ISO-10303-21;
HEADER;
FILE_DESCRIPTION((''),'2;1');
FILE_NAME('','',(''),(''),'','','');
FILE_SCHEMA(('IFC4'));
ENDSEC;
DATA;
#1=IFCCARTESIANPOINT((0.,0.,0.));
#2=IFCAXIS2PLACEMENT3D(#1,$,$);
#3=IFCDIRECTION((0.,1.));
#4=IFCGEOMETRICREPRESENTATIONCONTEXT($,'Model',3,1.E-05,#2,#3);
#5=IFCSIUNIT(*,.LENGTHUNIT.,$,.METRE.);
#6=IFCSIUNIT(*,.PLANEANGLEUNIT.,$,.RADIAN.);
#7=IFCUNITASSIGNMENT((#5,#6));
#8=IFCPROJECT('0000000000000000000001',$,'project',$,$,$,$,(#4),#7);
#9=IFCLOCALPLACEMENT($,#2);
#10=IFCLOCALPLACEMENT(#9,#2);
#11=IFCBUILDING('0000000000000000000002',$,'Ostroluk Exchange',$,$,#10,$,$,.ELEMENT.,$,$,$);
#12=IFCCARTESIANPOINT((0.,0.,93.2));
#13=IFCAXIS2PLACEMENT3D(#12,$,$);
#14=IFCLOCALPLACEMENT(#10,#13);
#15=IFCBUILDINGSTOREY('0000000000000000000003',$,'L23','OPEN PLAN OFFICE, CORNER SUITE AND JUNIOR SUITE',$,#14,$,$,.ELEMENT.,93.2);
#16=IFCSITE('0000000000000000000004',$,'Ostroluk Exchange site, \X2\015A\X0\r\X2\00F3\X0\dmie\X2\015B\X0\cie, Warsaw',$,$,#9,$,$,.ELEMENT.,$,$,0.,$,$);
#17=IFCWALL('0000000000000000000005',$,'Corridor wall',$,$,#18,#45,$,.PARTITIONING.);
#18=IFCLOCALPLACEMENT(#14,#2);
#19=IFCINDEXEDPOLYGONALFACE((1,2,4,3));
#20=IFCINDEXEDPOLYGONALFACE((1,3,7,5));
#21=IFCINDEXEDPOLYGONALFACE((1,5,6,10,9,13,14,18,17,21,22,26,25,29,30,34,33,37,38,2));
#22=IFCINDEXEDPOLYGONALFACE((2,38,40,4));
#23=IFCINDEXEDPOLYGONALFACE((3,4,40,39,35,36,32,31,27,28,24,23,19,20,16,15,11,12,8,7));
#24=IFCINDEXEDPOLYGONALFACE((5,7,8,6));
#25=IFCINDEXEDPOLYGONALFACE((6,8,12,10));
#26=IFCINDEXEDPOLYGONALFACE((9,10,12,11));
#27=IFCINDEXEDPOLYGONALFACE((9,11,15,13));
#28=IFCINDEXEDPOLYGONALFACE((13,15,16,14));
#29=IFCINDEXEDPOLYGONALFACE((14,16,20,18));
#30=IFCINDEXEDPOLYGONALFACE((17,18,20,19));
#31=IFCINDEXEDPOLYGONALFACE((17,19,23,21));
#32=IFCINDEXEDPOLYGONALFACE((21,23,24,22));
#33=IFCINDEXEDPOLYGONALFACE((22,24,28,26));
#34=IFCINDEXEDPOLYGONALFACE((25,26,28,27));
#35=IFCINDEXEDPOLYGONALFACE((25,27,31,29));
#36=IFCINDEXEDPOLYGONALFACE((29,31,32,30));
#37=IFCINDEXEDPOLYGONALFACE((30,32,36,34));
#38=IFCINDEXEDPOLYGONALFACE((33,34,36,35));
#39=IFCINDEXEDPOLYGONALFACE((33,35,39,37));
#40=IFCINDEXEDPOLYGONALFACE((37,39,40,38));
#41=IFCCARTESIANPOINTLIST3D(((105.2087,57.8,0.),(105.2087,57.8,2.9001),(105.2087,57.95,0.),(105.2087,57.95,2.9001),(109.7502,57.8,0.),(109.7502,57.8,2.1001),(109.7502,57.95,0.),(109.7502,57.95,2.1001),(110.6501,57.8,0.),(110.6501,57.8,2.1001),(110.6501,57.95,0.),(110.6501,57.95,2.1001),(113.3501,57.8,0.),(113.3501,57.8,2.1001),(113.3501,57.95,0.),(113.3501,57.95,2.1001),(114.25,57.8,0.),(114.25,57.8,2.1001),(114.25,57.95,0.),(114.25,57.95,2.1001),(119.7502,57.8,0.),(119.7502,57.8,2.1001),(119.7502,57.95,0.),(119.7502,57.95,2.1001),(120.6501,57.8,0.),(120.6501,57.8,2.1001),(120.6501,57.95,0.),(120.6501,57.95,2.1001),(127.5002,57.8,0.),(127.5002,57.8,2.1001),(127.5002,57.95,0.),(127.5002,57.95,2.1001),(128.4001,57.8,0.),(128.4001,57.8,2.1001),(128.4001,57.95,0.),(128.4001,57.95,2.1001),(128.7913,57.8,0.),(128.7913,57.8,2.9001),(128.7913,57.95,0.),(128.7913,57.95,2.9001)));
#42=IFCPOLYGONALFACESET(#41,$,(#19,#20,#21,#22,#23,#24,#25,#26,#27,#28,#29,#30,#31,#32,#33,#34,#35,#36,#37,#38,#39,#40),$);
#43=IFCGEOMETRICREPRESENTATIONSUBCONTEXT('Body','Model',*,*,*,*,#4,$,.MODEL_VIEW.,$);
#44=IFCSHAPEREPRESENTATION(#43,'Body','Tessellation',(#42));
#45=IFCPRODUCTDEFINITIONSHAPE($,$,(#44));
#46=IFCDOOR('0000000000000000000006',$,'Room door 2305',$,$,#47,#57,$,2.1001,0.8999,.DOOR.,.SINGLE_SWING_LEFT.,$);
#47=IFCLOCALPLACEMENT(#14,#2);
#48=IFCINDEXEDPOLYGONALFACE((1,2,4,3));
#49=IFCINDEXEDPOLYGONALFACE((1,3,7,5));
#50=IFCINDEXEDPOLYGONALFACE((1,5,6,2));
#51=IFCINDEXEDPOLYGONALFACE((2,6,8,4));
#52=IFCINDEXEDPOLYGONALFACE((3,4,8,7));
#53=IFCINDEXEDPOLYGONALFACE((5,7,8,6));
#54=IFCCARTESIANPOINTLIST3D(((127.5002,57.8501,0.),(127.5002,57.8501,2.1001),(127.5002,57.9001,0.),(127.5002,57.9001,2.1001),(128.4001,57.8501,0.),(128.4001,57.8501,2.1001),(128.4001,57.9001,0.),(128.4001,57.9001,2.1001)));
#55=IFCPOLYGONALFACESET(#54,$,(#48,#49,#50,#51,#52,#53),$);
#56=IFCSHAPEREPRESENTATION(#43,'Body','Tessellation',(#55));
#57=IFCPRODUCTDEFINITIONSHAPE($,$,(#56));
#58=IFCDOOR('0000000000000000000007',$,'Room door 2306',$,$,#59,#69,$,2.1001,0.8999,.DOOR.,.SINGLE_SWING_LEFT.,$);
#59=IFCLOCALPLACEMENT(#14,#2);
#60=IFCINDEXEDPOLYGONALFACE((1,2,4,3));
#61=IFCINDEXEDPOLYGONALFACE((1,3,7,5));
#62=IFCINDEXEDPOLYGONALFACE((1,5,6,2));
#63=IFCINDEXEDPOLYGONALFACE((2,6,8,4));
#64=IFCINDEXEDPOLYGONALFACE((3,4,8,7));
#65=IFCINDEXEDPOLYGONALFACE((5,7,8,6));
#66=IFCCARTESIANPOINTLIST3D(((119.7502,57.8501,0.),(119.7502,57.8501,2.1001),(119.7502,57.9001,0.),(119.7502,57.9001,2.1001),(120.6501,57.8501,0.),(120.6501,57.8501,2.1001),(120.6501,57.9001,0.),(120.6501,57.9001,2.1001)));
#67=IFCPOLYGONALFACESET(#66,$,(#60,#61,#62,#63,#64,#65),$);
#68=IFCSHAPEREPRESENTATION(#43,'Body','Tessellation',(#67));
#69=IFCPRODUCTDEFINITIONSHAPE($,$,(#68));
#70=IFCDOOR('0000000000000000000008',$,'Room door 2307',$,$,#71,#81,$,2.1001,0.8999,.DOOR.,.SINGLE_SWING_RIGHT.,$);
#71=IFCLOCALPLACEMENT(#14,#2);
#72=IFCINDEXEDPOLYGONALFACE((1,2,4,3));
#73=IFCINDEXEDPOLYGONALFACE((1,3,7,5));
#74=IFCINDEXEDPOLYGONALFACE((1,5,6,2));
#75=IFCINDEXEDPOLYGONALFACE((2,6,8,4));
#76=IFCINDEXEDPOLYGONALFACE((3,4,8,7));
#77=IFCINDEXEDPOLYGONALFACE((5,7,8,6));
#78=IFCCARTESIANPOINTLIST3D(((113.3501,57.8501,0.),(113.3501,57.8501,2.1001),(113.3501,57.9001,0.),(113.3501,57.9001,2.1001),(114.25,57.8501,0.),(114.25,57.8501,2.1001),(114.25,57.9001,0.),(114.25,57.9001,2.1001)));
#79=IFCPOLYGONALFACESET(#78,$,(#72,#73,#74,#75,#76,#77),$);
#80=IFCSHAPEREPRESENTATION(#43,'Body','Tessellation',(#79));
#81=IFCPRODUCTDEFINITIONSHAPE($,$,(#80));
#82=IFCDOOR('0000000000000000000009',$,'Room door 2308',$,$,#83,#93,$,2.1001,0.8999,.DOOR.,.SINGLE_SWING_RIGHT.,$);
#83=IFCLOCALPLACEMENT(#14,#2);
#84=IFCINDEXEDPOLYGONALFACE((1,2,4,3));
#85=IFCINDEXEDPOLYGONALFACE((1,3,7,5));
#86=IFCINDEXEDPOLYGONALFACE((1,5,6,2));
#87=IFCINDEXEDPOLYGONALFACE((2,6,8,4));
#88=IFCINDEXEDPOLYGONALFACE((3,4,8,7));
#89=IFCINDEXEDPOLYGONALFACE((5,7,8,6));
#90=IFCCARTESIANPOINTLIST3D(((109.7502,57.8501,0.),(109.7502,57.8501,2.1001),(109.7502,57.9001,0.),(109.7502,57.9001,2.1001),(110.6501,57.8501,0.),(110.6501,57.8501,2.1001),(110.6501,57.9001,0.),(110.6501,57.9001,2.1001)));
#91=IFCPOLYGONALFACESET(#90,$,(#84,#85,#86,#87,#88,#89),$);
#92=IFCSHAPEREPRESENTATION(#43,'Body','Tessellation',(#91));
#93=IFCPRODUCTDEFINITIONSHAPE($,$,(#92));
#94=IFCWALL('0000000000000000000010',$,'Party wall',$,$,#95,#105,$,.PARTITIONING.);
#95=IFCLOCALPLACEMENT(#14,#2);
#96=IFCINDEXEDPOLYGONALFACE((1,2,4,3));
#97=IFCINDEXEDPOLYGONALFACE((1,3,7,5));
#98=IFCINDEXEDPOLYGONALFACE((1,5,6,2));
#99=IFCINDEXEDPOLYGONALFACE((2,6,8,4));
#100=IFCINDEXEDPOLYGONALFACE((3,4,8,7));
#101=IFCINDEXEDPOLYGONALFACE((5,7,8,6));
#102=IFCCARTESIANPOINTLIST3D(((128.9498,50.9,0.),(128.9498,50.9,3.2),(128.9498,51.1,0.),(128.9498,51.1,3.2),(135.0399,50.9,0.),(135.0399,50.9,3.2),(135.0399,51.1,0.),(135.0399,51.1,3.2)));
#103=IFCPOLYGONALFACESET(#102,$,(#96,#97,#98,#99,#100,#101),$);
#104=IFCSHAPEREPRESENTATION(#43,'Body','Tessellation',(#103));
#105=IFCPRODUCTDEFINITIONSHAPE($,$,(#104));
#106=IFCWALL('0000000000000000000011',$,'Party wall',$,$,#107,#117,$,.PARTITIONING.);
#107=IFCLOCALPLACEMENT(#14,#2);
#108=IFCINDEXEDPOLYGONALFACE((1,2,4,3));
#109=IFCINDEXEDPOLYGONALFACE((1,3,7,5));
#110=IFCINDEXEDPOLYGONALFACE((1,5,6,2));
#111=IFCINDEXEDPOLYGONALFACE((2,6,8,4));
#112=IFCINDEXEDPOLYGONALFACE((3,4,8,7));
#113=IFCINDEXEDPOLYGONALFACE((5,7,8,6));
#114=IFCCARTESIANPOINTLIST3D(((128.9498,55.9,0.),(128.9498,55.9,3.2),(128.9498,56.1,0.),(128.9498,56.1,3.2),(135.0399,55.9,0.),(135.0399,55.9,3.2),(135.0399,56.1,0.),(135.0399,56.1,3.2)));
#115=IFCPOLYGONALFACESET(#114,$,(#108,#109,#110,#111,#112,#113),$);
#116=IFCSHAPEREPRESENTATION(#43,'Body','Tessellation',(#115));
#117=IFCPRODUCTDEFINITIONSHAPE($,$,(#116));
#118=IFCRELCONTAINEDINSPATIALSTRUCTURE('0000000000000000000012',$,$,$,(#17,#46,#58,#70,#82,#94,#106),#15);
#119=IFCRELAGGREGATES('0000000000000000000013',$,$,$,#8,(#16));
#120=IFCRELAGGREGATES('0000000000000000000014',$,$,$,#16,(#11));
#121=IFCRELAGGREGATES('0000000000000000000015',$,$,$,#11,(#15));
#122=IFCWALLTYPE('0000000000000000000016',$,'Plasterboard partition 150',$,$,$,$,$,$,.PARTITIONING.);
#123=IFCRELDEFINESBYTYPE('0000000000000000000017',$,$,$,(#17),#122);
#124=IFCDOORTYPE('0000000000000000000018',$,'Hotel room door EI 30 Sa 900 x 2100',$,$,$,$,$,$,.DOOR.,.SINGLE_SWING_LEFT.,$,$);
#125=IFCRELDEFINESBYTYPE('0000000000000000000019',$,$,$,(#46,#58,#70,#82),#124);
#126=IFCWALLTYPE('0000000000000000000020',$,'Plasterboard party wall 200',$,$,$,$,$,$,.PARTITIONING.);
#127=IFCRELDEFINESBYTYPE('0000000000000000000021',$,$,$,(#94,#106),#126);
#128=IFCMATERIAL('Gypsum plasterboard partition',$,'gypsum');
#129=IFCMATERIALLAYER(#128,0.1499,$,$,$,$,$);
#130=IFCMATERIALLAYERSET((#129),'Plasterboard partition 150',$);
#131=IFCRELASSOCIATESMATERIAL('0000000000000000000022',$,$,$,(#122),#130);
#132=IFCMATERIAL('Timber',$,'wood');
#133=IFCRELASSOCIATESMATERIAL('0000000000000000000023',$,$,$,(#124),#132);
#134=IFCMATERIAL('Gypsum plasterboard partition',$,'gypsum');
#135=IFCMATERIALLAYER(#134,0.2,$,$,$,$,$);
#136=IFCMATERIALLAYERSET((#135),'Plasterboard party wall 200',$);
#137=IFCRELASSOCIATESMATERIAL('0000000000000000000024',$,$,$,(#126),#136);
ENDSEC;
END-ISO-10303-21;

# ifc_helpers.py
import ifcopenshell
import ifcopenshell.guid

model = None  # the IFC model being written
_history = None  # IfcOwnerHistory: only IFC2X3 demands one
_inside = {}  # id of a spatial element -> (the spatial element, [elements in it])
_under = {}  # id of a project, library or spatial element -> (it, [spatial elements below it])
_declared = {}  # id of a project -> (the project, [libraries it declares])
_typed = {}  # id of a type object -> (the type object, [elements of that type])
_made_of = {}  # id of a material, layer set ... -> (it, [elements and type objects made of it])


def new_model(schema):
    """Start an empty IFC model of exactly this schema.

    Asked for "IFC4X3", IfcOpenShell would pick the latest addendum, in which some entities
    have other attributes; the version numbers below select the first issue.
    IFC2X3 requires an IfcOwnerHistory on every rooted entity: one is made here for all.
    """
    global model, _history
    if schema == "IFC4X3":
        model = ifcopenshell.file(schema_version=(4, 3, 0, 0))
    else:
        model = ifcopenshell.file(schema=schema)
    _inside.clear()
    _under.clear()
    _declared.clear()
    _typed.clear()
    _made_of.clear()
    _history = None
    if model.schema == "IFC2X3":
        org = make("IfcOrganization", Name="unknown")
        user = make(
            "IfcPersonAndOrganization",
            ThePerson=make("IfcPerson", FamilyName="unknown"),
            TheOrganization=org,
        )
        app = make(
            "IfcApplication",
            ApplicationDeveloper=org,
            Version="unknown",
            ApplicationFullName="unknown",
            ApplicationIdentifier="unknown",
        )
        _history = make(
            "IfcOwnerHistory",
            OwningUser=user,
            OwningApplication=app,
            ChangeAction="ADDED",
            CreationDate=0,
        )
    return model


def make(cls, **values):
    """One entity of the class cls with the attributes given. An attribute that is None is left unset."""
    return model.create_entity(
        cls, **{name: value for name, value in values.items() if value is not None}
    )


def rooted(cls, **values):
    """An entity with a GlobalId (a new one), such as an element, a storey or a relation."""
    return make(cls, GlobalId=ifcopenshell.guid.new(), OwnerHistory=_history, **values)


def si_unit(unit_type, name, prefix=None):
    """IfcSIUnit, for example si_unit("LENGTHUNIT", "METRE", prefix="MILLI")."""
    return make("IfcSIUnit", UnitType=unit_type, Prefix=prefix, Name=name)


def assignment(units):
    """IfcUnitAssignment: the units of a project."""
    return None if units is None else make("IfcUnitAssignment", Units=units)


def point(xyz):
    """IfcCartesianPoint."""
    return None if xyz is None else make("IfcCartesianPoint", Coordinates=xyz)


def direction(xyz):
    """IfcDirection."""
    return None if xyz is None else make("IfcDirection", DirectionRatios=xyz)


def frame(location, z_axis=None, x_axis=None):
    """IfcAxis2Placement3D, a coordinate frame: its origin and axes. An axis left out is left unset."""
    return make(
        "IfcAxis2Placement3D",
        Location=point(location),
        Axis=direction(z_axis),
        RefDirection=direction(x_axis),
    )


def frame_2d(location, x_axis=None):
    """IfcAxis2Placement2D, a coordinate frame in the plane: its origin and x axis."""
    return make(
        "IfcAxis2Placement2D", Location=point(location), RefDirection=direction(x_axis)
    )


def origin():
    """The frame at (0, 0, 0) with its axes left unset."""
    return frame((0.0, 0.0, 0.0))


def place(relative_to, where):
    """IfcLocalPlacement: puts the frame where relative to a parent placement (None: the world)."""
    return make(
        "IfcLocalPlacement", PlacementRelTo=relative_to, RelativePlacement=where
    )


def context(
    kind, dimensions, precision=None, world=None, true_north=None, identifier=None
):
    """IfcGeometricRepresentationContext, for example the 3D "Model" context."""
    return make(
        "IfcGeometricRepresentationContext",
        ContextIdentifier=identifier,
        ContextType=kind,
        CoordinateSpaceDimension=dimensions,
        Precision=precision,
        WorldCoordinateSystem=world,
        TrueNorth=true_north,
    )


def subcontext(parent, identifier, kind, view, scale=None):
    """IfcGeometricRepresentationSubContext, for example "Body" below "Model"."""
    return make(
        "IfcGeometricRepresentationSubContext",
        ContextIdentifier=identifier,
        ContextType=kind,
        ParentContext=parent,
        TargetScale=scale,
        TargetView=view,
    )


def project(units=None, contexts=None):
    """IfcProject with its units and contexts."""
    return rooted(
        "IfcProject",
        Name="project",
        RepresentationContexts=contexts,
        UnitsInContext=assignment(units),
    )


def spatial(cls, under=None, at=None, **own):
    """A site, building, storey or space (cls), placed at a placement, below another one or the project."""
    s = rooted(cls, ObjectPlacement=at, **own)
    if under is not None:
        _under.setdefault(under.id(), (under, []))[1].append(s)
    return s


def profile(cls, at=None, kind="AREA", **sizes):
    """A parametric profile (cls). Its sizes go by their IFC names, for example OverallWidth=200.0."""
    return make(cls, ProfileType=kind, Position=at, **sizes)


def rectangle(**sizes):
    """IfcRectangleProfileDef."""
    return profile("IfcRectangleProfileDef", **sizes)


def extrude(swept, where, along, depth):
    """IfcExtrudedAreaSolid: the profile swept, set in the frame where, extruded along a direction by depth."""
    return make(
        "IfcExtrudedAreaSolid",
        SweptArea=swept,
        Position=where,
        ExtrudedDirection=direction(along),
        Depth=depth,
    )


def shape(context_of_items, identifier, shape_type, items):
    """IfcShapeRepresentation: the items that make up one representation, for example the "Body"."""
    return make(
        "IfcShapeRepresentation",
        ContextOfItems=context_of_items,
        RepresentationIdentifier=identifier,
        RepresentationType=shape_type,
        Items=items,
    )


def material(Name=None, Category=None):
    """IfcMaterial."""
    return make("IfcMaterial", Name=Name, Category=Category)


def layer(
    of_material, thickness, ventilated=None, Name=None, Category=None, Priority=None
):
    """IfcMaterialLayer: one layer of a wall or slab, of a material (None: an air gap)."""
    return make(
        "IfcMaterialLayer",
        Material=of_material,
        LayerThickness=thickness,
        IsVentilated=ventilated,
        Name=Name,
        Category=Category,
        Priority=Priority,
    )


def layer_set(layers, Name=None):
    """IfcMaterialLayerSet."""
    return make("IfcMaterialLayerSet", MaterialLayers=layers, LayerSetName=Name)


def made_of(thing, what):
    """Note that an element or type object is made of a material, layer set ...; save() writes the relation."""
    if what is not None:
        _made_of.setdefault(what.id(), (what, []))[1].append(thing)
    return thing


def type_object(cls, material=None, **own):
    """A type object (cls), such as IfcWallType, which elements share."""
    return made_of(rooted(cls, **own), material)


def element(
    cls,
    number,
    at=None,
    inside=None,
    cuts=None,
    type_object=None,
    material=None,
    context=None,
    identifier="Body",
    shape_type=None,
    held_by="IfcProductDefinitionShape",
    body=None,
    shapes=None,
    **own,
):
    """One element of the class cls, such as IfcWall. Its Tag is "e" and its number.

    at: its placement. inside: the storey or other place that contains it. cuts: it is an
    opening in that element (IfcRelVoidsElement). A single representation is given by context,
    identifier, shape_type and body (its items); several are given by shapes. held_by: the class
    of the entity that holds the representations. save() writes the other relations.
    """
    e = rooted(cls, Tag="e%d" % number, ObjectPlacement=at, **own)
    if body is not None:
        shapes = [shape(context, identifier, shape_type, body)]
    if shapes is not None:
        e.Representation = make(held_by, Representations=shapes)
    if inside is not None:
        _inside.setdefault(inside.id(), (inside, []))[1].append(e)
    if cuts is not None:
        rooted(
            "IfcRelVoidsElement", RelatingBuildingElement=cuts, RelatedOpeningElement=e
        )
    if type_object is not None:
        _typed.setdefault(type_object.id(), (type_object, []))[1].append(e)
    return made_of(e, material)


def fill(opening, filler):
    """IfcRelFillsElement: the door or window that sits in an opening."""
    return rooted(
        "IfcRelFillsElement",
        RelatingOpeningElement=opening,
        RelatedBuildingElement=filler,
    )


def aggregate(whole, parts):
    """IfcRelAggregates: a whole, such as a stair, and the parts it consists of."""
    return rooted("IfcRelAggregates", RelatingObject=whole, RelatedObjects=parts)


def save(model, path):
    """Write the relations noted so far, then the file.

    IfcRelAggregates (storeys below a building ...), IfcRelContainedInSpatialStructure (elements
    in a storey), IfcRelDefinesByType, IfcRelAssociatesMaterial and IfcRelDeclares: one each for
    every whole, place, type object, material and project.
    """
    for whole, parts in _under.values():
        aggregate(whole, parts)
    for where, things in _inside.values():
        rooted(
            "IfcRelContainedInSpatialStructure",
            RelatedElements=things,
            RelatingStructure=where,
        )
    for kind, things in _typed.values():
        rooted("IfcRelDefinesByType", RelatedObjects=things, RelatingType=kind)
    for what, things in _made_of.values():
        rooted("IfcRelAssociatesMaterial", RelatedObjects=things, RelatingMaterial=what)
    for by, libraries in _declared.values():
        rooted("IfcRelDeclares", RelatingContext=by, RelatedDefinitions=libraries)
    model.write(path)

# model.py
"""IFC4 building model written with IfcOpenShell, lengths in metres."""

from ifc_helpers import new_model, si_unit, direction, frame, frame_2d, origin, place, context, subcontext, project, spatial, rectangle, extrude, material, layer, layer_set, type_object, element, fill, save


model = new_model("IFC4")

# Units and contexts
model_context = context("Model", 3, precision=1e-05, world=origin(), true_north=direction((0.0, 1.0)))
body_context = subcontext(model_context, "Body", "Model", "MODEL_VIEW")
ifc_project = project(units=[si_unit("LENGTHUNIT", "METRE"), si_unit("PLANEANGLEUNIT", "RADIAN")], contexts=[model_context])

# Site, building, storey
site_placement = place(None, origin())
site = spatial("IfcSite", under=ifc_project, at=site_placement, Name="Ostroluk Exchange site, Śródmieście, Warsaw", CompositionType="ELEMENT", RefElevation=0.0)
building_placement = place(site_placement, origin())
building = spatial("IfcBuilding", under=site, at=building_placement, Name="Ostroluk Exchange", CompositionType="ELEMENT")
storey_placement = place(building_placement, frame((0.0, 0.0, 93.2)))
storey = spatial("IfcBuildingStorey", under=building, at=storey_placement, Name="L23", Description="OPEN PLAN OFFICE, CORNER SUITE AND JUNIOR SUITE", CompositionType="ELEMENT", Elevation=93.2)

# Wall, openings, doors
ifc_material_1 = material(Name="Gypsum plasterboard partition", Category="gypsum")
ifc_layer_1 = layer(ifc_material_1, 0.1499)
ifc_layer_set_1 = layer_set([ifc_layer_1], Name="Plasterboard partition 150")
wall_type_1 = type_object("IfcWallType", Name="Plasterboard partition 150", PredefinedType="PARTITIONING", material=ifc_layer_set_1)
wall_1_placement = place(storey_placement, frame((128.7913, 57.875, 0.0), z_axis=(0.0, 0.0, 1.0), x_axis=(-1.0, 0.0, 0.0)))
wall_1 = element("IfcWall", 1, at=wall_1_placement, inside=storey, type_object=wall_type_1, Name="Corridor wall", PredefinedType="PARTITIONING", context=body_context, shape_type="SweptSolid", body=[
    extrude(rectangle(XDim=23.5825, YDim=0.1499, at=frame_2d((11.7913, 0.0))), origin(), (0.0, 0.0, 1.0), 2.9001),
])
opening_1_placement = place(wall_1_placement, frame((0.3911, 0.0, 0.0)))
opening_1 = element("IfcOpeningElement", 2, at=opening_1_placement, cuts=wall_1, PredefinedType="OPENING", context=body_context, shape_type="SweptSolid", body=[
    extrude(rectangle(XDim=0.8999, YDim=2.1001, at=frame_2d((0.45, 1.05))), frame((0.0, 0.085, 0.0), z_axis=(0.0, -1.0, 0.0), x_axis=(1.0, 0.0, 0.0)), (0.0, 0.0, 1.0), 0.1699),
])
opening_2_placement = place(wall_1_placement, frame((8.1411, 0.0, 0.0)))
opening_2 = element("IfcOpeningElement", 3, at=opening_2_placement, cuts=wall_1, PredefinedType="OPENING", context=body_context, shape_type="SweptSolid", body=[
    extrude(rectangle(XDim=0.8999, YDim=2.1001, at=frame_2d((0.45, 1.05))), frame((0.0, 0.085, 0.0), z_axis=(0.0, -1.0, 0.0), x_axis=(1.0, 0.0, 0.0)), (0.0, 0.0, 1.0), 0.1699),
])
opening_3_placement = place(wall_1_placement, frame((14.5413, 0.0, 0.0)))
opening_3 = element("IfcOpeningElement", 4, at=opening_3_placement, cuts=wall_1, PredefinedType="OPENING", context=body_context, shape_type="SweptSolid", body=[
    extrude(rectangle(XDim=0.8999, YDim=2.1001, at=frame_2d((0.45, 1.05))), frame((0.0, 0.085, 0.0), z_axis=(0.0, -1.0, 0.0), x_axis=(1.0, 0.0, 0.0)), (0.0, 0.0, 1.0), 0.1699),
])
opening_4_placement = place(wall_1_placement, frame((18.1411, 0.0, 0.0)))
opening_4 = element("IfcOpeningElement", 5, at=opening_4_placement, cuts=wall_1, PredefinedType="OPENING", context=body_context, shape_type="SweptSolid", body=[
    extrude(rectangle(XDim=0.8999, YDim=2.1001, at=frame_2d((0.45, 1.05))), frame((0.0, 0.085, 0.0), z_axis=(0.0, -1.0, 0.0), x_axis=(1.0, 0.0, 0.0)), (0.0, 0.0, 1.0), 0.1699),
])
ifc_material_2 = material(Name="Timber", Category="wood")
door_type_1 = type_object("IfcDoorType", Name="Hotel room door EI 30 Sa 900 x 2100", OperationType="SINGLE_SWING_LEFT", PredefinedType="DOOR", material=ifc_material_2)
door_1_placement = place(opening_1_placement, origin())
door_1 = element("IfcDoor", 6, at=door_1_placement, inside=storey, type_object=door_type_1, Name="Room door 2305", OperationType="SINGLE_SWING_LEFT", OverallHeight=2.1001, OverallWidth=0.8999, PredefinedType="DOOR", context=body_context, shape_type="SweptSolid", body=[
    extrude(rectangle(XDim=0.8999, YDim=2.1001, at=frame_2d((0.45, 1.05))), frame((0.0, 0.0249, 0.0), z_axis=(0.0, -1.0, 0.0), x_axis=(1.0, 0.0, 0.0)), (0.0, 0.0, 1.0), 0.05),
])
fill(opening_1, door_1)
door_2_placement = place(opening_2_placement, origin())
door_2 = element("IfcDoor", 7, at=door_2_placement, inside=storey, type_object=door_type_1, Name="Room door 2306", OperationType="SINGLE_SWING_LEFT", OverallHeight=2.1001, OverallWidth=0.8999, PredefinedType="DOOR", context=body_context, shape_type="SweptSolid", body=[
    extrude(rectangle(XDim=0.8999, YDim=2.1001, at=frame_2d((0.45, 1.05))), frame((0.0, 0.0249, 0.0), z_axis=(0.0, -1.0, 0.0), x_axis=(1.0, 0.0, 0.0)), (0.0, 0.0, 1.0), 0.05),
])
fill(opening_2, door_2)
door_3_placement = place(opening_3_placement, origin())
door_3 = element("IfcDoor", 8, at=door_3_placement, inside=storey, type_object=door_type_1, Name="Room door 2307", OperationType="SINGLE_SWING_RIGHT", OverallHeight=2.1001, OverallWidth=0.8999, PredefinedType="DOOR", context=body_context, shape_type="SweptSolid", body=[
    extrude(rectangle(XDim=0.8999, YDim=2.1001, at=frame_2d((0.45, 1.05))), frame((0.0, 0.0249, 0.0), z_axis=(0.0, -1.0, 0.0), x_axis=(1.0, 0.0, 0.0)), (0.0, 0.0, 1.0), 0.05),
])
fill(opening_3, door_3)
door_4_placement = place(opening_4_placement, origin())
door_4 = element("IfcDoor", 9, at=door_4_placement, inside=storey, type_object=door_type_1, Name="Room door 2308", OperationType="SINGLE_SWING_RIGHT", OverallHeight=2.1001, OverallWidth=0.8999, PredefinedType="DOOR", context=body_context, shape_type="SweptSolid", body=[
    extrude(rectangle(XDim=0.8999, YDim=2.1001, at=frame_2d((0.45, 1.05))), frame((0.0, 0.0249, 0.0), z_axis=(0.0, -1.0, 0.0), x_axis=(1.0, 0.0, 0.0)), (0.0, 0.0, 1.0), 0.05),
])
fill(opening_4, door_4)

# Walls
ifc_material_3 = material(Name="Gypsum plasterboard partition", Category="gypsum")
ifc_layer_2 = layer(ifc_material_3, 0.2)
ifc_layer_set_2 = layer_set([ifc_layer_2], Name="Plasterboard party wall 200")
wall_type_2 = type_object("IfcWallType", Name="Plasterboard party wall 200", PredefinedType="PARTITIONING", material=ifc_layer_set_2)
for number, where, z_axis, x_axis, name in (
    (10, (128.95, 51.0, 0.0), (0.0, 0.0, 1.0), (1.0, 0.0, 0.0), "Party wall"),
    (11, (128.95, 56.0, 0.0), (0.0, 0.0, 1.0), (1.0, 0.0, 0.0), "Party wall"),
):
    element("IfcWall", number, at=place(storey_placement, frame(where, z_axis=z_axis, x_axis=x_axis)), inside=storey, type_object=wall_type_2, Name=name, PredefinedType="PARTITIONING", context=body_context, shape_type="SweptSolid", body=[
        extrude(rectangle(XDim=6.0901, YDim=0.2, at=frame_2d((3.0449, 0.0))), origin(), (0.0, 0.0, 1.0), 3.2),
    ])

save(model, "model.ifc")
